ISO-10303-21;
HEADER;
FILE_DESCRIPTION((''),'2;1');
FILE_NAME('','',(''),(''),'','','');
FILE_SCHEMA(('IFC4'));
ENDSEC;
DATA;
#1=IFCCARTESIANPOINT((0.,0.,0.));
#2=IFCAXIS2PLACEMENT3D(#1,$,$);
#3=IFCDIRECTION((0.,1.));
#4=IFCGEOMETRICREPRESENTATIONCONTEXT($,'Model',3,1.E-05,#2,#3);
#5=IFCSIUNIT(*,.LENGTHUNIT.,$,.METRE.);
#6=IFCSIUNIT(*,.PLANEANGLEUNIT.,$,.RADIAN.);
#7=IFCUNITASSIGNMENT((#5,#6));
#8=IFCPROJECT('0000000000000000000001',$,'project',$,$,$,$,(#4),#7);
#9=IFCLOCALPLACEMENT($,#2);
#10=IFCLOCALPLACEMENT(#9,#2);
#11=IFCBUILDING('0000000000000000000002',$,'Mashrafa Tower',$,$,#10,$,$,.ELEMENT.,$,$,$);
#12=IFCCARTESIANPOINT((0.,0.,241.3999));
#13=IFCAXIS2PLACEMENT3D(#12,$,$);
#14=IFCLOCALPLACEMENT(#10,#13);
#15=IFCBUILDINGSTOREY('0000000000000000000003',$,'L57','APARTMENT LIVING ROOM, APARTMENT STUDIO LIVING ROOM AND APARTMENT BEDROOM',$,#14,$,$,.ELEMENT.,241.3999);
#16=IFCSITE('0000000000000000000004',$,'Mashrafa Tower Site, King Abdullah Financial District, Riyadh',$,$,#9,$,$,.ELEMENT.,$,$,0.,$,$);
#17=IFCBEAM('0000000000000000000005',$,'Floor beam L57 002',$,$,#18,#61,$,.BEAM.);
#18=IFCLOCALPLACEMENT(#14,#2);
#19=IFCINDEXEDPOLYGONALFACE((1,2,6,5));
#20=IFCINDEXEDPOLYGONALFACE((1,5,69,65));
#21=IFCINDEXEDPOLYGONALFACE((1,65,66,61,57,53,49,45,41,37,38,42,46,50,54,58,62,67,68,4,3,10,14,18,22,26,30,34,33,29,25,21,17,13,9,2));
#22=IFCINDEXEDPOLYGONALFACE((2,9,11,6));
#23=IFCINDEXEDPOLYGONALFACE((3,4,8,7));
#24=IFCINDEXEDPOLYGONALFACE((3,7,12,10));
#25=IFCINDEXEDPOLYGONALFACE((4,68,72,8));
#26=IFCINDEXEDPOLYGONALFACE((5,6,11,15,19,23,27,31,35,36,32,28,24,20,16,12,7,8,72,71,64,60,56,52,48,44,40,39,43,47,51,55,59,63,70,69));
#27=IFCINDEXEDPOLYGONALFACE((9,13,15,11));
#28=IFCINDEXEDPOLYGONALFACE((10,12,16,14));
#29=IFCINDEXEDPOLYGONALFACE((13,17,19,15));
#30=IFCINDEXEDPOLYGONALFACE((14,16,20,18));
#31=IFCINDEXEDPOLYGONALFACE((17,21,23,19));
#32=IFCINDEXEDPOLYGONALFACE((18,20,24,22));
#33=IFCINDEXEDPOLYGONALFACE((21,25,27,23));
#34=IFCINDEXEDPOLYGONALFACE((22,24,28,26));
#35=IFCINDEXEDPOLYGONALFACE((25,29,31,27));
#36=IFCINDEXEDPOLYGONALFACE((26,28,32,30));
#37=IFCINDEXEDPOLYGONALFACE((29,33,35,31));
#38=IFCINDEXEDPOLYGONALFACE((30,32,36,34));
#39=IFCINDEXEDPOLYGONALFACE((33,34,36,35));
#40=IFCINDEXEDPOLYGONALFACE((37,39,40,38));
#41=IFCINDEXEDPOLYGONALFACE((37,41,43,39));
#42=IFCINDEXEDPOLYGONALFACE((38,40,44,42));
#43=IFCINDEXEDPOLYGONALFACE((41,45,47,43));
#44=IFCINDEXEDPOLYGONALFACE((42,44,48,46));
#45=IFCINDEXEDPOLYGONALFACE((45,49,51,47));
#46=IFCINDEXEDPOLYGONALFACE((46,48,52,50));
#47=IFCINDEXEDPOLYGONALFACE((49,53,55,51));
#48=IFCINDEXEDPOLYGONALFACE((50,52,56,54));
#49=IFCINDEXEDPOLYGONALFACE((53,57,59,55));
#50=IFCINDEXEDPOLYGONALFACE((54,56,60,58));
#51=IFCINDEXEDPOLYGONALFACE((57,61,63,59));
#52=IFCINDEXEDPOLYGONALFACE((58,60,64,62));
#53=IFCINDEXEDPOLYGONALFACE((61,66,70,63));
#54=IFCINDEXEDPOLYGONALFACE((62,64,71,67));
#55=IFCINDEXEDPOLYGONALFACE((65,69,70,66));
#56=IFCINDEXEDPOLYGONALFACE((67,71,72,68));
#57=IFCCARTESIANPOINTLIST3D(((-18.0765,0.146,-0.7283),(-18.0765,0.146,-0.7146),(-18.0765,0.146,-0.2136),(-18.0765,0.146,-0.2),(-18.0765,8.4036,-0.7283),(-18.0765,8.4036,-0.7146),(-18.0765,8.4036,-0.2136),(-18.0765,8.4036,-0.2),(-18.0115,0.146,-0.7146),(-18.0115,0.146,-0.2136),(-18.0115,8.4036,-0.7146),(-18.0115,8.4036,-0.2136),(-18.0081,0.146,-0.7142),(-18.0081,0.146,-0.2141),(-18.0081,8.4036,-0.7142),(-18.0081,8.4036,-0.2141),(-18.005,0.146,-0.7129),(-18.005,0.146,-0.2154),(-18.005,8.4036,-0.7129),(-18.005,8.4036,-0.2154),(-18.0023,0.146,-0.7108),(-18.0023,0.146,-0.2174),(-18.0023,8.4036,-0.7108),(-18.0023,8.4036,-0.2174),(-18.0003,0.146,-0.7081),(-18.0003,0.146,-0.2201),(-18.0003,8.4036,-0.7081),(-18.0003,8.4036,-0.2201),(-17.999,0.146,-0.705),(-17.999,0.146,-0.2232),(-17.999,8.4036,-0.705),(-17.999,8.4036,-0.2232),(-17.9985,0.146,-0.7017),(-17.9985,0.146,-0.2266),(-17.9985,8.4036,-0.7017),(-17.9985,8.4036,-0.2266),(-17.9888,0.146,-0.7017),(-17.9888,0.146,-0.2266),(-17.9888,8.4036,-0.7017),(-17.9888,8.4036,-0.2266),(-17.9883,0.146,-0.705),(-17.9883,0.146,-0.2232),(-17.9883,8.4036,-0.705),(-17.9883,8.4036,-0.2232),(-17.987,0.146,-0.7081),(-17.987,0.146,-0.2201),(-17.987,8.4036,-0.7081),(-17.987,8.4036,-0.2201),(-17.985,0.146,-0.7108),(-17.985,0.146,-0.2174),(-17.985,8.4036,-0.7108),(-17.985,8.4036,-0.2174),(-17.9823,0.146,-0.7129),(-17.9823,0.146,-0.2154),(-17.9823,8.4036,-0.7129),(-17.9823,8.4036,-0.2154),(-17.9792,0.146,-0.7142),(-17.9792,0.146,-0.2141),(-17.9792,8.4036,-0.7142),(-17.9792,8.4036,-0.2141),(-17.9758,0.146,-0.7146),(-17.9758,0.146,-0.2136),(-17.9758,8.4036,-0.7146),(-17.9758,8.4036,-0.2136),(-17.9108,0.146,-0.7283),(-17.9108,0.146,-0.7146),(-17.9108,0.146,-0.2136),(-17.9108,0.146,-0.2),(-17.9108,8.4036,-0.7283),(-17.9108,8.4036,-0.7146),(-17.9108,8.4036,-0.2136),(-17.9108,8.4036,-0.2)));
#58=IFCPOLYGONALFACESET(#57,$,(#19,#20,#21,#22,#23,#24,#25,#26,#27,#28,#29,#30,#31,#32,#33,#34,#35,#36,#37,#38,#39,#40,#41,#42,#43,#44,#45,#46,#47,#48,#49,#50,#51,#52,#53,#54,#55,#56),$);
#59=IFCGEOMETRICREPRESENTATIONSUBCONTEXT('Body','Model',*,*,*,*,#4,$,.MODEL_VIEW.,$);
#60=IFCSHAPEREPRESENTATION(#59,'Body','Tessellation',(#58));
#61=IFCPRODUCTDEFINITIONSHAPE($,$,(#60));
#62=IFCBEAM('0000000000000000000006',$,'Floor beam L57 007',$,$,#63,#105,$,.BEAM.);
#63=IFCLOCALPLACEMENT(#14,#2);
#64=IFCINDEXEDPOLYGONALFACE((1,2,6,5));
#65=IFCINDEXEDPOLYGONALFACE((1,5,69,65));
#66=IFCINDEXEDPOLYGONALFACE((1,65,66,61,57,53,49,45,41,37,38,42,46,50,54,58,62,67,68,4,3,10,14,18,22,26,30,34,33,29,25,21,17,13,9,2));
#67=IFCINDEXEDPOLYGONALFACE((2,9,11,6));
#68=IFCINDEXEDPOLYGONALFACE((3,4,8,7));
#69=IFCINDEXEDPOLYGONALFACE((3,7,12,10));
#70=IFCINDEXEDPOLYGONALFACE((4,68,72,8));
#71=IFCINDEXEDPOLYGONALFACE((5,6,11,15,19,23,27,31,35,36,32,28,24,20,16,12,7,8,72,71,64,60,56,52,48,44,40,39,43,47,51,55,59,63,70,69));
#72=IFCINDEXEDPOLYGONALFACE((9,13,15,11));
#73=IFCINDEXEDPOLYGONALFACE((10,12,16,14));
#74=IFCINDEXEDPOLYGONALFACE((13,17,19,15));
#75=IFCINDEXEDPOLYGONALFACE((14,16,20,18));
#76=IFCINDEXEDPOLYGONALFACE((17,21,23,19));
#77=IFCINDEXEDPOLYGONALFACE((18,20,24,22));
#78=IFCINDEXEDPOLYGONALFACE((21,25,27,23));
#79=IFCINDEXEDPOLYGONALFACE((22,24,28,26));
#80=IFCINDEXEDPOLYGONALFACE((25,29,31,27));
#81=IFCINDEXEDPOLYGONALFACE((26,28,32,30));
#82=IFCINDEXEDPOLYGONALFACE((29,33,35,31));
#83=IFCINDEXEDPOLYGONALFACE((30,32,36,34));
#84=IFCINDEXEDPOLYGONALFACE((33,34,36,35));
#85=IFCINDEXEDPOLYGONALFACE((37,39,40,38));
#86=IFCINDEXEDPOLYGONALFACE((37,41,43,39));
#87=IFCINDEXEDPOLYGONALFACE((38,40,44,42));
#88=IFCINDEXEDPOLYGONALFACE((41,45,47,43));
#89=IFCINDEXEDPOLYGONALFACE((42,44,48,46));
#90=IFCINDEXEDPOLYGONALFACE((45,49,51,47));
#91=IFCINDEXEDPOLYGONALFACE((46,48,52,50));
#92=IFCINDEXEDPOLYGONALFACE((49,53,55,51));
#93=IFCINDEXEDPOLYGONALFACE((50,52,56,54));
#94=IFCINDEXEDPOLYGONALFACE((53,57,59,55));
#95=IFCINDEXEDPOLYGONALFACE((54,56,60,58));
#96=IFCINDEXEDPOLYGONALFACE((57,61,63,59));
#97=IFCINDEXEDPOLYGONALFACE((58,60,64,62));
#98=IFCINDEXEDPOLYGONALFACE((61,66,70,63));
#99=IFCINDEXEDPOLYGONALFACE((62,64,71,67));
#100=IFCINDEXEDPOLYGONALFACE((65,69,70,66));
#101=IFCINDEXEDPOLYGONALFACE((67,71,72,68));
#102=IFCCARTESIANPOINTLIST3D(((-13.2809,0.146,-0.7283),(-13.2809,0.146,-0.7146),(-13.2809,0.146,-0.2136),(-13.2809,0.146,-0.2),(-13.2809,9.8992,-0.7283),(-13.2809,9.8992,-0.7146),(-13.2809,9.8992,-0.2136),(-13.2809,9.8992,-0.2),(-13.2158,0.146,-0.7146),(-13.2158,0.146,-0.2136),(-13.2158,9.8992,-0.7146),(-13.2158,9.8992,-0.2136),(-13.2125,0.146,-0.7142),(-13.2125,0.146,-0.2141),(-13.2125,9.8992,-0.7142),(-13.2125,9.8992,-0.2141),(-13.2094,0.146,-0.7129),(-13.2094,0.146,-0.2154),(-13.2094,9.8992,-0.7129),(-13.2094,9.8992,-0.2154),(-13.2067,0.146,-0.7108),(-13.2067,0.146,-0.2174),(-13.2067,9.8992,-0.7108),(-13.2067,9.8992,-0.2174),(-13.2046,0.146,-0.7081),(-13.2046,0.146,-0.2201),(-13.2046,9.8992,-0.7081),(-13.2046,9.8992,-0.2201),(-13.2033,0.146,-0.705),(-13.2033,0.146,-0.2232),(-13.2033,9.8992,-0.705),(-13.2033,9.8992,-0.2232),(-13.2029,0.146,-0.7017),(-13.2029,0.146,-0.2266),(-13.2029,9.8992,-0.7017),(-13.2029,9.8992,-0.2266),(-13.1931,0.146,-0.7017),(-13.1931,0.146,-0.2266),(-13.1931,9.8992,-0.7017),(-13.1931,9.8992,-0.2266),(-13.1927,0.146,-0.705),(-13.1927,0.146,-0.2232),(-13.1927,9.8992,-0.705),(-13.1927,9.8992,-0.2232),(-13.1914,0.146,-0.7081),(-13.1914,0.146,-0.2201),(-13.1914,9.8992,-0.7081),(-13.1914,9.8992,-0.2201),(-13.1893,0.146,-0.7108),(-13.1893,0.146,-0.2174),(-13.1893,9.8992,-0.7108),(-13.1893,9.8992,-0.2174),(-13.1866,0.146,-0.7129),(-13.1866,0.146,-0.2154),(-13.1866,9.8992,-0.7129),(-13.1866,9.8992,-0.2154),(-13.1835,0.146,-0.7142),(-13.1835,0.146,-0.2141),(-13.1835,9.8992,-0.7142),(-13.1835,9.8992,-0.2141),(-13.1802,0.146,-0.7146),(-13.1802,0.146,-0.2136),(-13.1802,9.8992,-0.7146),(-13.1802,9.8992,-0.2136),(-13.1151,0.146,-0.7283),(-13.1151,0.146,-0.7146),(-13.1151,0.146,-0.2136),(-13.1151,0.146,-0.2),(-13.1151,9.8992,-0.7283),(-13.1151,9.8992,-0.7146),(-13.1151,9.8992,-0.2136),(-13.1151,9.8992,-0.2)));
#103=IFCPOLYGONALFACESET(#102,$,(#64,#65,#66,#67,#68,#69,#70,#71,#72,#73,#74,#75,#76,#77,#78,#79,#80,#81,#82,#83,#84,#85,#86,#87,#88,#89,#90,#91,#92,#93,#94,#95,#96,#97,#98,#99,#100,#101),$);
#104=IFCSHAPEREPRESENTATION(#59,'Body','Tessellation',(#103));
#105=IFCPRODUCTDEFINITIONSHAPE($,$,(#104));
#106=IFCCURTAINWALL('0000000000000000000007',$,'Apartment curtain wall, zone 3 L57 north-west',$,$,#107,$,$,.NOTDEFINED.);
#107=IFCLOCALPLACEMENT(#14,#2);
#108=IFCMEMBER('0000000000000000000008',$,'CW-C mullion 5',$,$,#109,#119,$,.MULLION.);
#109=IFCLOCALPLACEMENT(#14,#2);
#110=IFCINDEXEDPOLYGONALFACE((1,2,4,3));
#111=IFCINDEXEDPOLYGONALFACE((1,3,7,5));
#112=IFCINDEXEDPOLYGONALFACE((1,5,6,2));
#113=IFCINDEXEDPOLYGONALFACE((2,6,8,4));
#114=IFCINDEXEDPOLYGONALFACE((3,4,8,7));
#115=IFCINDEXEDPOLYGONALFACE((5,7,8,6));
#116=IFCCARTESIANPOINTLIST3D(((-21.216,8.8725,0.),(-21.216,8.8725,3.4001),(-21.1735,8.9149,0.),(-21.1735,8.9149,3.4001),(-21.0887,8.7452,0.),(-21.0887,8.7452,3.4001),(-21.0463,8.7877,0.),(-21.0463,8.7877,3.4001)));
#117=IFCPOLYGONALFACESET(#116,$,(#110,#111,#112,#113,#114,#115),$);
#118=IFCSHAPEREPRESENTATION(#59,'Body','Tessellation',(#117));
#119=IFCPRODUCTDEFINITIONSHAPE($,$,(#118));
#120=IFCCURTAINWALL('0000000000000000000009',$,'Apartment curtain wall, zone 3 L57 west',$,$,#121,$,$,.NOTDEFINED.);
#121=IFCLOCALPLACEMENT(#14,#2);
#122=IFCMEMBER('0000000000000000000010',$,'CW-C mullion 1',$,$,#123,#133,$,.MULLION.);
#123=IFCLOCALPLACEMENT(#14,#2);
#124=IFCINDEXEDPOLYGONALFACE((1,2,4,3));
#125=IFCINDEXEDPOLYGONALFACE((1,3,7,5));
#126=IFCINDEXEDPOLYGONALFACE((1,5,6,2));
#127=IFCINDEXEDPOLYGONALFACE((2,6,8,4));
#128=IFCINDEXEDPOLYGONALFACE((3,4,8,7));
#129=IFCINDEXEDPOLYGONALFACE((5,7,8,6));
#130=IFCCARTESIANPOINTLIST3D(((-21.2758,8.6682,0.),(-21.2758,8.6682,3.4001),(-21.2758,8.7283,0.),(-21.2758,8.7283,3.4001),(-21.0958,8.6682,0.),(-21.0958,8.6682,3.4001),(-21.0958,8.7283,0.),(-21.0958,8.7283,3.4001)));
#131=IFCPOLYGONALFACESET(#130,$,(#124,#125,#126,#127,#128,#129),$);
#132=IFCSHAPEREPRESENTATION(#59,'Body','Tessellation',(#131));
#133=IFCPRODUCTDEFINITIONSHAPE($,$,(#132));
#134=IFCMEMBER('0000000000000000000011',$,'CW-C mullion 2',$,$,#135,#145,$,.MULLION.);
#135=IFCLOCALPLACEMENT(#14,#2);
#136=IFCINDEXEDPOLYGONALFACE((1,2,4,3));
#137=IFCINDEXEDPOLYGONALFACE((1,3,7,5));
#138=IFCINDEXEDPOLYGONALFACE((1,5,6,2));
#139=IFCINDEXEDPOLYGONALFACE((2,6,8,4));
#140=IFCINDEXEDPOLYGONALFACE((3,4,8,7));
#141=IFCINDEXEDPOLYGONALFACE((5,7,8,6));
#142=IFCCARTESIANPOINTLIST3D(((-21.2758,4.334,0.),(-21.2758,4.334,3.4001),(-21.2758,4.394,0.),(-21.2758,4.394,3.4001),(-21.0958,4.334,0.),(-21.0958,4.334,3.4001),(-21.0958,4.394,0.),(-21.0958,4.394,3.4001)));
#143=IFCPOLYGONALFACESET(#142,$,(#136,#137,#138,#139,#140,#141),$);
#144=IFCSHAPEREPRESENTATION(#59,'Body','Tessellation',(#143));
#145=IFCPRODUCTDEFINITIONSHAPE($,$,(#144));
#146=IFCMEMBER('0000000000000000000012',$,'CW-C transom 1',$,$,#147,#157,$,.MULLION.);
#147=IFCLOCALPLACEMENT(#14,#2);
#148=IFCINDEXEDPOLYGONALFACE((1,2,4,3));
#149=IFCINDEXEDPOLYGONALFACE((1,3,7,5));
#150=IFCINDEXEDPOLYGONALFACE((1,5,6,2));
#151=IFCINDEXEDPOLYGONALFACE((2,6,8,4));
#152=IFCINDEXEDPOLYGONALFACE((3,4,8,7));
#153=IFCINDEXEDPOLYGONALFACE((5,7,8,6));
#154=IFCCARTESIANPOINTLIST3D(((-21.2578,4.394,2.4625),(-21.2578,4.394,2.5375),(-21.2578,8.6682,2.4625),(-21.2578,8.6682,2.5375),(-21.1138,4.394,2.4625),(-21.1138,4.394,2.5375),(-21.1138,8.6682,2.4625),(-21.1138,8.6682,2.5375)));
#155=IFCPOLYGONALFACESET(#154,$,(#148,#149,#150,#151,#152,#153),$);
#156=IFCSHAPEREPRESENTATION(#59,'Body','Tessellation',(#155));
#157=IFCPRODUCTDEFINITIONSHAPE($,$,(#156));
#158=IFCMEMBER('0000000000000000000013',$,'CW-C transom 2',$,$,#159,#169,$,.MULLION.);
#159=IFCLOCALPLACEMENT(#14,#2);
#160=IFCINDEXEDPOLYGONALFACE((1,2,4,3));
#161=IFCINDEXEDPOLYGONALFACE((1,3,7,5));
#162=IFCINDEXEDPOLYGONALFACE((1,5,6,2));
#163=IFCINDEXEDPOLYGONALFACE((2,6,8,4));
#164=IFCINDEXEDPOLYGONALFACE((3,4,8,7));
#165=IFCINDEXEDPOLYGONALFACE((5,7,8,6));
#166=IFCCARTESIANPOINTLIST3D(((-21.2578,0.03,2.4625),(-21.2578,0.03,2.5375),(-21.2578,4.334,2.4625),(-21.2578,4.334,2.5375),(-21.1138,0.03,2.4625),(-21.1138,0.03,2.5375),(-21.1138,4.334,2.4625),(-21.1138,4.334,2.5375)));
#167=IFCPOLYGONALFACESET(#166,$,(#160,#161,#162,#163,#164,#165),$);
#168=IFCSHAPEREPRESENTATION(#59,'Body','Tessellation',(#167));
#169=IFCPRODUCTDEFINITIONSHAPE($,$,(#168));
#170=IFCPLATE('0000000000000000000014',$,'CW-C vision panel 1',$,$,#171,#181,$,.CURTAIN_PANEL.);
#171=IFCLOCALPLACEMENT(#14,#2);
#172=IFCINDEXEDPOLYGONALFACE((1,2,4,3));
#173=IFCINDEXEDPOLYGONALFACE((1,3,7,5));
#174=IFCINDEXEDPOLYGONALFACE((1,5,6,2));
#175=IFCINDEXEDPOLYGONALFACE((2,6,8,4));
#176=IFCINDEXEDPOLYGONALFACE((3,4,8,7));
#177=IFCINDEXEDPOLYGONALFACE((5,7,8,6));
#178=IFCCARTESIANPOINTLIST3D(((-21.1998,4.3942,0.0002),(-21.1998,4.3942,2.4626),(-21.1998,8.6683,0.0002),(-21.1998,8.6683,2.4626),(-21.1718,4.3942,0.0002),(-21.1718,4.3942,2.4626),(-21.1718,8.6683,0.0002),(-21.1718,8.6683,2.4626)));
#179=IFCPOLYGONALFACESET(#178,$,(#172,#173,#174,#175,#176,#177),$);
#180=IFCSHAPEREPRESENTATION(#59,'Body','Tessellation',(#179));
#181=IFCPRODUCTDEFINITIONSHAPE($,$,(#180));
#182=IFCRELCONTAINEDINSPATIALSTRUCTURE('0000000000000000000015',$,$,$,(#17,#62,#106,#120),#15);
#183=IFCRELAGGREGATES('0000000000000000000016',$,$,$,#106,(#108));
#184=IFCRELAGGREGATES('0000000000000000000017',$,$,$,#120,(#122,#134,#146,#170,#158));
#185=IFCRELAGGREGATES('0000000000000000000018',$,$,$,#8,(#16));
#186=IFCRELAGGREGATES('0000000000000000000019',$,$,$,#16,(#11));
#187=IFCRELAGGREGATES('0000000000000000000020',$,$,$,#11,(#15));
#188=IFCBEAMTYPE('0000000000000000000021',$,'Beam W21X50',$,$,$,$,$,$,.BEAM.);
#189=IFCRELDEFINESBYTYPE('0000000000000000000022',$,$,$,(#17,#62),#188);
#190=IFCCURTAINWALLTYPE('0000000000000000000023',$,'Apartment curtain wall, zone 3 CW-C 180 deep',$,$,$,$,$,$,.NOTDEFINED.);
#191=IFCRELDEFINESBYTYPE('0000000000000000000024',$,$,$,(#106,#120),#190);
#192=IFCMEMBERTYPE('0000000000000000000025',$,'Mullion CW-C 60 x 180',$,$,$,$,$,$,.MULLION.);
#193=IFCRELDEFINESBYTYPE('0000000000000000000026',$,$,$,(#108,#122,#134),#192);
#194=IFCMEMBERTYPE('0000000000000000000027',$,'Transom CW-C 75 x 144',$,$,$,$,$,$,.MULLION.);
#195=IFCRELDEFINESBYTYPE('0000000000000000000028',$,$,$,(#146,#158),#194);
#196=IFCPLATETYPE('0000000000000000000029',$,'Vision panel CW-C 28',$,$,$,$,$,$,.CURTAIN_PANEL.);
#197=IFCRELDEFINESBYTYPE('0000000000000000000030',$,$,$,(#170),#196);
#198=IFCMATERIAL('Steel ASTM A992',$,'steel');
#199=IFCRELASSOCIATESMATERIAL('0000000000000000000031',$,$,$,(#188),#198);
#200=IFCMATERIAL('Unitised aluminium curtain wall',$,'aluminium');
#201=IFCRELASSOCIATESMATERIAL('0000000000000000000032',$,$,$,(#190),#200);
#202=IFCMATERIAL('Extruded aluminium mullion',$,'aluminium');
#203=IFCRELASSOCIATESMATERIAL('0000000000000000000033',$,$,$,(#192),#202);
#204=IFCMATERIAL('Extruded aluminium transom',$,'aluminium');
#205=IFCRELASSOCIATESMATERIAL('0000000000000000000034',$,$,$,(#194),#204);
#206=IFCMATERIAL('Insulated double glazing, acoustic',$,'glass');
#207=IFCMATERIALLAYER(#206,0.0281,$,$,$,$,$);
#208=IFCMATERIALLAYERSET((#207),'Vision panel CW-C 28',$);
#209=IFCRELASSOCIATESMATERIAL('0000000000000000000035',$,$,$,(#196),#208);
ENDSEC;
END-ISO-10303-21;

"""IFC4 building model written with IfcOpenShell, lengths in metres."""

from ifc_helpers import new_model, si_unit, direction, frame, origin, origin_2d, place, context, subcontext, project, spatial, rectangle, i_section, extrude, source, transform, mapped, material, layer, layer_set, material_profile, profile_set, type_object, type_shapes, element, aggregate, save


model = new_model("IFC4")

# Units and contexts
model_context = context("Model", 3, precision=1e-05, world=origin(), true_north=direction((0.0, 1.0)))
body_context = subcontext(model_context, "Body", "Model", "MODEL_VIEW")
ifc_project = project(units=[si_unit("LENGTHUNIT", "METRE"), si_unit("PLANEANGLEUNIT", "RADIAN")], contexts=[model_context])

# Site, building, storey
site_placement = place(None, origin())
site = spatial("IfcSite", under=ifc_project, at=site_placement, Name="Mashrafa Tower Site, King Abdullah Financial District, Riyadh", CompositionType="ELEMENT", RefElevation=0.0)
building_placement = place(site_placement, origin())
building = spatial("IfcBuilding", under=site, at=building_placement, Name="Mashrafa Tower", CompositionType="ELEMENT")
storey_placement = place(building_placement, frame((0.0, 0.0, 241.3999)))
storey = spatial("IfcBuildingStorey", under=building, at=storey_placement, Name="L57", Description="APARTMENT LIVING ROOM, APARTMENT STUDIO LIVING ROOM AND APARTMENT BEDROOM", CompositionType="ELEMENT", Elevation=241.3999)

# Beams
ifc_material_1 = material(Name="Steel ASTM A992", Category="steel")
ifc_material_profile_1 = material_profile(ifc_material_1, i_section(OverallWidth=0.1658, OverallDepth=0.5283, WebThickness=0.0098, FlangeThickness=0.0137, FilletRadius=0.0129, at=origin_2d()), Name="W21X50")
ifc_profile_set_1 = profile_set([ifc_material_profile_1], Name="Steel ASTM A992")
beam_type_1 = type_object("IfcBeamType", Name="Beam W21X50", PredefinedType="BEAM", material=ifc_profile_set_1)
beam_1_placement = place(storey_placement, frame((-17.9937, 0.146, -0.4641), z_axis=(0.0, 1.0, 0.0), x_axis=(-1.0, 0.0, 0.0)))
element("IfcBeam", 1, at=beam_1_placement, inside=storey, type_object=beam_type_1, Name="Floor beam L57 002", PredefinedType="BEAM", context=body_context, shape_type="SweptSolid", body=[
    extrude(i_section(OverallWidth=0.1658, OverallDepth=0.5283, WebThickness=0.0098, FlangeThickness=0.0137, FilletRadius=0.0129, at=origin_2d()), origin(), (0.0, 0.0, 1.0), 8.2576),
])
beam_2_placement = place(storey_placement, frame((-13.198, 0.146, -0.4641), z_axis=(0.0, 1.0, 0.0), x_axis=(-1.0, 0.0, 0.0)))
element("IfcBeam", 2, at=beam_2_placement, inside=storey, type_object=beam_type_1, Name="Floor beam L57 007", PredefinedType="BEAM", context=body_context, shape_type="SweptSolid", body=[
    extrude(i_section(OverallWidth=0.1658, OverallDepth=0.5283, WebThickness=0.0098, FlangeThickness=0.0137, FilletRadius=0.0129, at=origin_2d()), origin(), (0.0, 0.0, 1.0), 9.7532),
])

# Curtain wall, member
ifc_material_2 = material(Name="Unitised aluminium curtain wall", Category="aluminium")
curtain_wall_type = type_object("IfcCurtainWallType", Name="Apartment curtain wall, zone 3 CW-C 180 deep", PredefinedType="NOTDEFINED", material=ifc_material_2)
curtain_wall_1_placement = place(storey_placement, origin())
curtain_wall_1 = element("IfcCurtainWall", 3, at=curtain_wall_1_placement, inside=storey, type_object=curtain_wall_type, Name="Apartment curtain wall, zone 3 L57 north-west", PredefinedType="NOTDEFINED")
ifc_material_3 = material(Name="Extruded aluminium mullion", Category="aluminium")
ifc_material_profile_2 = material_profile(ifc_material_3, rectangle(XDim=0.1799, YDim=0.0601, at=origin_2d()), Name="Mullion 60x180")
ifc_profile_set_2 = profile_set([ifc_material_profile_2], Name="Extruded aluminium mullion")
member_type_1 = type_object("IfcMemberType", Name="Mullion CW-C 60 x 180", PredefinedType="MULLION", material=ifc_profile_set_2)
shared_shape_1 = source(origin(), body_context, "Body", "SweptSolid", [
    extrude(rectangle(XDim=0.1799, YDim=0.0601, at=origin_2d()), origin(), (0.0, 0.0, 1.0), 3.4001),
])
type_shapes(member_type_1, [shared_shape_1])
member_1_placement = place(storey_placement, frame((-21.1311, 8.8301, 0.0), z_axis=(0.0, 0.0, 1.0), x_axis=(0.707107, -0.707107, 0.0)))
member_1 = element("IfcMember", 4, at=member_1_placement, type_object=member_type_1, Name="CW-C mullion 5", PredefinedType="MULLION", context=body_context, shape_type="MappedRepresentation", body=[
    mapped(shared_shape_1, transform((0.0, 0.0, 0.0))),
])
aggregate(curtain_wall_1, [member_1])

# Curtain wall, members, plate
curtain_wall_2_placement = place(storey_placement, origin())
curtain_wall_2 = element("IfcCurtainWall", 5, at=curtain_wall_2_placement, inside=storey, type_object=curtain_wall_type, Name="Apartment curtain wall, zone 3 L57 west", PredefinedType="NOTDEFINED")
member_2_placement = place(storey_placement, frame((-21.1858, 8.6982, 0.0), z_axis=(0.0, 0.0, 1.0), x_axis=(1.0, 0.0, 0.0)))
member_2 = element("IfcMember", 6, at=member_2_placement, type_object=member_type_1, Name="CW-C mullion 1", PredefinedType="MULLION", context=body_context, shape_type="MappedRepresentation", body=[
    mapped(shared_shape_1, transform((0.0, 0.0, 0.0))),
])
member_3_placement = place(storey_placement, frame((-21.1858, 4.364, 0.0), z_axis=(0.0, 0.0, 1.0), x_axis=(1.0, 0.0, 0.0)))
member_3 = element("IfcMember", 7, at=member_3_placement, type_object=member_type_1, Name="CW-C mullion 2", PredefinedType="MULLION", context=body_context, shape_type="MappedRepresentation", body=[
    mapped(shared_shape_1, transform((0.0, 0.0, 0.0))),
])
ifc_material_4 = material(Name="Extruded aluminium transom", Category="aluminium")
ifc_material_profile_3 = material_profile(ifc_material_4, rectangle(XDim=0.144, YDim=0.075, at=origin_2d()), Name="Transom 75x144")
ifc_profile_set_3 = profile_set([ifc_material_profile_3], Name="Extruded aluminium transom")
member_type_2 = type_object("IfcMemberType", Name="Transom CW-C 75 x 144", PredefinedType="MULLION", material=ifc_profile_set_3)
shared_shape_2 = source(origin(), body_context, "Body", "SweptSolid", [
    extrude(rectangle(XDim=0.144, YDim=0.075, at=origin_2d()), origin(), (0.0, 0.0, 1.0), 4.2742),
])
member_4_placement = place(storey_placement, frame((-21.1858, 8.6682, 2.5), z_axis=(0.0, -1.0, 0.0), x_axis=(1.0, 0.0, 0.0)))
member_4 = element("IfcMember", 8, at=member_4_placement, type_object=member_type_2, Name="CW-C transom 1", PredefinedType="MULLION", context=body_context, shape_type="MappedRepresentation", body=[
    mapped(shared_shape_2, transform((0.0, 0.0, 0.0))),
])
shared_shape_3 = source(origin(), body_context, "Body", "SweptSolid", [
    extrude(rectangle(XDim=0.144, YDim=0.075, at=origin_2d()), origin(), (0.0, 0.0, 1.0), 4.304),
])
type_shapes(member_type_2, [shared_shape_2, shared_shape_3])
member_5_placement = place(storey_placement, frame((-21.1858, 4.334, 2.5), z_axis=(0.0, -1.0, 0.0), x_axis=(1.0, 0.0, 0.0)))
member_5 = element("IfcMember", 9, at=member_5_placement, type_object=member_type_2, Name="CW-C transom 2", PredefinedType="MULLION", context=body_context, shape_type="MappedRepresentation", body=[
    mapped(shared_shape_3, transform((0.0, 0.0, 0.0))),
])
ifc_material_5 = material(Name="Insulated double glazing, acoustic", Category="glass")
ifc_layer_1 = layer(ifc_material_5, 0.0281)
ifc_layer_set_1 = layer_set([ifc_layer_1], Name="Vision panel CW-C 28")
plate_type_1 = type_object("IfcPlateType", Name="Vision panel CW-C 28", PredefinedType="CURTAIN_PANEL", material=ifc_layer_set_1)
shared_shape_4 = source(origin(), body_context, "Body", "SweptSolid", [
    extrude(rectangle(XDim=4.2742, YDim=0.0281, at=origin_2d()), origin(), (0.0, 0.0, 1.0), 2.4624),
])
plate_1_placement = place(storey_placement, frame((-21.1858, 6.5312, 0.0002), z_axis=(0.0, 0.0, 1.0), x_axis=(0.0, -1.0, 0.0)))
plate_1 = element("IfcPlate", 10, at=plate_1_placement, type_object=plate_type_1, Name="CW-C vision panel 1", PredefinedType="CURTAIN_PANEL", context=body_context, shape_type="MappedRepresentation", body=[
    mapped(shared_shape_4, transform((0.0, 0.0, 0.0))),
])
aggregate(curtain_wall_2, [member_2, member_3, member_4, plate_1, member_5])

save(model, "model.ifc")
